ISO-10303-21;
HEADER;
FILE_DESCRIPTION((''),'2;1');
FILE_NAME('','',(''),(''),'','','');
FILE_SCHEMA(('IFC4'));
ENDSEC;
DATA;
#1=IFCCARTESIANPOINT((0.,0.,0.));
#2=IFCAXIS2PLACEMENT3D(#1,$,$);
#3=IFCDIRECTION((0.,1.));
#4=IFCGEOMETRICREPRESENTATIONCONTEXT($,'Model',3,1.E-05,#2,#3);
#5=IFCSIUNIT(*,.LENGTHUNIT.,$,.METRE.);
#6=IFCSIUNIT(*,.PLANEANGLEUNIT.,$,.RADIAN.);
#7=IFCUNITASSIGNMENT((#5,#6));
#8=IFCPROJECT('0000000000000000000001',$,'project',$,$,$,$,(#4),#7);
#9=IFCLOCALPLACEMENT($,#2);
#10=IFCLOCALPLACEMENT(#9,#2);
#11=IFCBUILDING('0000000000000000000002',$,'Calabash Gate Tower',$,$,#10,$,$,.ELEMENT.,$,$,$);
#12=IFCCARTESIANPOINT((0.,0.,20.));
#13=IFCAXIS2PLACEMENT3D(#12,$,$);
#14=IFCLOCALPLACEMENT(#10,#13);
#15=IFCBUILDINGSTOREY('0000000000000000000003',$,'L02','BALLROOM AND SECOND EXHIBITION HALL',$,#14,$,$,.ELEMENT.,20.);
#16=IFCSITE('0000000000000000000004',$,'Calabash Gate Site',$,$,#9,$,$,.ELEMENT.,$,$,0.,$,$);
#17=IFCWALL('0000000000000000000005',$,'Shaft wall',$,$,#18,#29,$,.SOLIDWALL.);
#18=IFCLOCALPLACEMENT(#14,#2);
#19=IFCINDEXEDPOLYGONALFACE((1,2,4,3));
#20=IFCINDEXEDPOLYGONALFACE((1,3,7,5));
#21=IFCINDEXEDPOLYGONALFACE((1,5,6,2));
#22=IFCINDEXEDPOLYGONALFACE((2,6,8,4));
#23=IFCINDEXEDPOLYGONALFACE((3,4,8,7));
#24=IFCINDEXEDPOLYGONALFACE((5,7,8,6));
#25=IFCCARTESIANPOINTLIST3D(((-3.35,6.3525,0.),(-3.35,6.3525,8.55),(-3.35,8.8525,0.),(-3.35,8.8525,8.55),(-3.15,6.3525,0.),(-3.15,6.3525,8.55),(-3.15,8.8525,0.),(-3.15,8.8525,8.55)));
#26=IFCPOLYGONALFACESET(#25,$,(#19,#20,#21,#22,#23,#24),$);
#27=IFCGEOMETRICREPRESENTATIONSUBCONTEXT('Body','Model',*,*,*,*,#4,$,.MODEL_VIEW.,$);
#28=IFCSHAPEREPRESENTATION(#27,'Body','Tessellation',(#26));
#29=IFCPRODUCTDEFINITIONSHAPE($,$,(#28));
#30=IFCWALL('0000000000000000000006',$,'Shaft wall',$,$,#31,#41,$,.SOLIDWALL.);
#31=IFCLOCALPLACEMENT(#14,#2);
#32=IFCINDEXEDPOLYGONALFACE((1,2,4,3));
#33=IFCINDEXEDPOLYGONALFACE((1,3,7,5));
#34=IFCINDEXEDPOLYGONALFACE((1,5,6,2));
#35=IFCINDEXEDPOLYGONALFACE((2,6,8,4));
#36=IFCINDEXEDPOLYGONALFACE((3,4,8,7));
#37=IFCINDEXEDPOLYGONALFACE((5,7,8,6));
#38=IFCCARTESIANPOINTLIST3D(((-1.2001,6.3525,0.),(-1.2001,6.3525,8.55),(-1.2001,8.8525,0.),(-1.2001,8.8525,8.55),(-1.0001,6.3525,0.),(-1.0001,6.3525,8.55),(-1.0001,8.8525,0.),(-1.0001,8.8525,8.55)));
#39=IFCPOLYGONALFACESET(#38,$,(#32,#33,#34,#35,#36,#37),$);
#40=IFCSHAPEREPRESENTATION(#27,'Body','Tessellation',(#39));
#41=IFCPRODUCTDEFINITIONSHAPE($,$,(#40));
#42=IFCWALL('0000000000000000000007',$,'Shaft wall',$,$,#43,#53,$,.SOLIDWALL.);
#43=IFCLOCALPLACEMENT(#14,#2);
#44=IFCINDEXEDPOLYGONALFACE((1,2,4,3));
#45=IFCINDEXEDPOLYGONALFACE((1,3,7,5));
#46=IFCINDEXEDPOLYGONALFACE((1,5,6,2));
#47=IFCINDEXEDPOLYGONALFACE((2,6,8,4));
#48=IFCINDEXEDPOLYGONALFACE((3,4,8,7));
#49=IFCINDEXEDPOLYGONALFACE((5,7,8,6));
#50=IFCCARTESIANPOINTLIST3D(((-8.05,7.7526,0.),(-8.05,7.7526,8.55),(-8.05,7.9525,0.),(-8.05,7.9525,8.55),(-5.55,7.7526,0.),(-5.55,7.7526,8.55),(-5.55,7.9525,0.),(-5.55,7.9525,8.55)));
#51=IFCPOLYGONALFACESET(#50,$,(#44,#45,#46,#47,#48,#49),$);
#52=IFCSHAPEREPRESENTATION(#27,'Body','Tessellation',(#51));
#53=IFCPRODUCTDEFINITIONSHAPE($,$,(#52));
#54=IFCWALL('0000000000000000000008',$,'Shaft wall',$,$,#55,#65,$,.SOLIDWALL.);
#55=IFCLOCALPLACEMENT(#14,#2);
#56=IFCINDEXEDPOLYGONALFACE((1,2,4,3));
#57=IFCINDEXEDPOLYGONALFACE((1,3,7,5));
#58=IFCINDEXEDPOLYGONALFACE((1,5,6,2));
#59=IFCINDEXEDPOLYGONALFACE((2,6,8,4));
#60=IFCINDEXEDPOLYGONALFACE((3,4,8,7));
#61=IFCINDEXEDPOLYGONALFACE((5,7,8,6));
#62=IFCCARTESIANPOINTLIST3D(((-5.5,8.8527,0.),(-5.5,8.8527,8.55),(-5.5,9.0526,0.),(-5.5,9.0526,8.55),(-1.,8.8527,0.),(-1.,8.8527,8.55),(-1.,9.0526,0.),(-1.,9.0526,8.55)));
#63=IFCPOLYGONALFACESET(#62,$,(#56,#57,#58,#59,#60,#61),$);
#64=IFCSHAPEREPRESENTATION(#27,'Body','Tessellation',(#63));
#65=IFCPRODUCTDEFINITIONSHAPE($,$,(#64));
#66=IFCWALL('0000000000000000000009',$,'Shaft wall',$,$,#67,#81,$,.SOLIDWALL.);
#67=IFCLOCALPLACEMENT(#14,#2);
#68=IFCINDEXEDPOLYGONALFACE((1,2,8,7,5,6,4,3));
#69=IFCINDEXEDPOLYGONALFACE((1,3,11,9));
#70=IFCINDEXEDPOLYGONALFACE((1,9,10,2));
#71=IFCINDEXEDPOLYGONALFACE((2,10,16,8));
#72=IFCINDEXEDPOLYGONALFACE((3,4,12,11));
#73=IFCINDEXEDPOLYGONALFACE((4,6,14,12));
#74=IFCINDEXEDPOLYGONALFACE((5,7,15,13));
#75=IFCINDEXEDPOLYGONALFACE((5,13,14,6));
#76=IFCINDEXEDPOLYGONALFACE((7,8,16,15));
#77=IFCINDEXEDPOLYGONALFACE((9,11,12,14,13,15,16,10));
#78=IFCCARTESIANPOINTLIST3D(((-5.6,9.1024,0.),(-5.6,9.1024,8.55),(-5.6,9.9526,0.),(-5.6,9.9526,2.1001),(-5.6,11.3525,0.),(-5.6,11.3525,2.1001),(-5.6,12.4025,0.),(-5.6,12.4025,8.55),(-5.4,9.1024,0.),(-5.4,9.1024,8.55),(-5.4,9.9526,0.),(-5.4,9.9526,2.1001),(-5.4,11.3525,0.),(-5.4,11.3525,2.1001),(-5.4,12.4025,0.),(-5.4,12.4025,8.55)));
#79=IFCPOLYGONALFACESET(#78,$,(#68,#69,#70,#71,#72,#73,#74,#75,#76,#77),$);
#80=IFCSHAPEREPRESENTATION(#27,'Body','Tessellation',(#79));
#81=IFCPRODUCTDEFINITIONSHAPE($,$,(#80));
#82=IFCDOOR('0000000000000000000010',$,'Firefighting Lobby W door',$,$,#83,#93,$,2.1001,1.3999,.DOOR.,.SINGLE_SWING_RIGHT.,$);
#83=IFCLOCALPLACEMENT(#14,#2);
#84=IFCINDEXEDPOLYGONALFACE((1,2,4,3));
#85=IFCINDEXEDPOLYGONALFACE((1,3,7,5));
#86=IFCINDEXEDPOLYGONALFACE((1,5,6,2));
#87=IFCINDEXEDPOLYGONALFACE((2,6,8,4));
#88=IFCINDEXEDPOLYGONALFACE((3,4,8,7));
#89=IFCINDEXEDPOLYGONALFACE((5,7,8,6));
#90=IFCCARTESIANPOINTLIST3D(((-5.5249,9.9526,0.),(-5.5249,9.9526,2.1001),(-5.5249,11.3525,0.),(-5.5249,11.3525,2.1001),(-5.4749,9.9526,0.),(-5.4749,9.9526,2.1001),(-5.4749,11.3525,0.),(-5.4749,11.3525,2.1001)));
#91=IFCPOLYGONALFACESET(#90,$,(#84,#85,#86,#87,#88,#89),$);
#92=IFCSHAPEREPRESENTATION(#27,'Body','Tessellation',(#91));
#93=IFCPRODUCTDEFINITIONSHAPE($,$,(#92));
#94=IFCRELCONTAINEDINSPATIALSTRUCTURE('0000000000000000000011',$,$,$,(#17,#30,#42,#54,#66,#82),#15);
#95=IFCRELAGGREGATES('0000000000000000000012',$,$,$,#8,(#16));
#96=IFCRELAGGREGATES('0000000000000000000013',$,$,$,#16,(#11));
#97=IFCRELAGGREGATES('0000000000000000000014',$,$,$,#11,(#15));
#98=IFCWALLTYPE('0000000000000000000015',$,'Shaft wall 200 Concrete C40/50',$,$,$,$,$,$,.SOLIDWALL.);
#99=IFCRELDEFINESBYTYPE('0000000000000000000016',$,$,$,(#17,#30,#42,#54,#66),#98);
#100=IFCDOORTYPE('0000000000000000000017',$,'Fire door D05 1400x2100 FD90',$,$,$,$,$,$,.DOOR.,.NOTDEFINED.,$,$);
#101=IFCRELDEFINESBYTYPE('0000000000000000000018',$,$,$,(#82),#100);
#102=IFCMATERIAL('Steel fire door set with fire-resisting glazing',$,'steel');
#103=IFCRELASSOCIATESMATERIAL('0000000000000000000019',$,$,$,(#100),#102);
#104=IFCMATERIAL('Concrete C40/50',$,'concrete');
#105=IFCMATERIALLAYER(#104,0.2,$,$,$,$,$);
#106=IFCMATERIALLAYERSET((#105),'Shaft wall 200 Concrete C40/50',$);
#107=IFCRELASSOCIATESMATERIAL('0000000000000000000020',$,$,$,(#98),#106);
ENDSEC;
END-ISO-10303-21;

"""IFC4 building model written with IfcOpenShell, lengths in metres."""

from ifc_helpers import new_model, si_unit, direction, frame, frame_2d, origin, place, context, subcontext, project, spatial, rectangle, extrude, material, layer, layer_set, type_object, element, fill, save


model = new_model("IFC4")

# Units and contexts
model_context = context("Model", 3, precision=1e-05, world=origin(), true_north=direction((0.0, 1.0)))
body_context = subcontext(model_context, "Body", "Model", "MODEL_VIEW")
ifc_project = project(units=[si_unit("LENGTHUNIT", "METRE"), si_unit("PLANEANGLEUNIT", "RADIAN")], contexts=[model_context])

# Site, building, storey
site_placement = place(None, origin())
site = spatial("IfcSite", under=ifc_project, at=site_placement, Name="Calabash Gate Site", CompositionType="ELEMENT", RefElevation=0.0)
building_placement = place(site_placement, origin())
building = spatial("IfcBuilding", under=site, at=building_placement, Name="Calabash Gate Tower", CompositionType="ELEMENT")
storey_placement = place(building_placement, frame((0.0, 0.0, 20.0)))
storey = spatial("IfcBuildingStorey", under=building, at=storey_placement, Name="L02", Description="BALLROOM AND SECOND EXHIBITION HALL", CompositionType="ELEMENT", Elevation=20.0)

# Shared definitions
ifc_material_1 = material(Name="Steel fire door set with fire-resisting glazing", Category="steel")
door_type_1 = type_object("IfcDoorType", Name="Fire door D05 1400x2100 FD90", OperationType="NOTDEFINED", PredefinedType="DOOR", material=ifc_material_1)

# Walls
ifc_material_2 = material(Name="Concrete C40/50", Category="concrete")
ifc_layer_1 = layer(ifc_material_2, 0.2)
ifc_layer_set_1 = layer_set([ifc_layer_1], Name="Shaft wall 200 Concrete C40/50")
wall_type_1 = type_object("IfcWallType", Name="Shaft wall 200 Concrete C40/50", PredefinedType="SOLIDWALL", material=ifc_layer_set_1)
for number, where, z_axis, x_axis, name in (
    (1, (-3.25, 6.3525, 0.0), (0.0, 0.0, 1.0), (0.0, 1.0, 0.0), "Shaft wall"),
    (2, (-1.1001, 6.3525, 0.0), (0.0, 0.0, 1.0), (0.0, 1.0, 0.0), "Shaft wall"),
    (3, (-8.05, 7.8525, 0.0), (0.0, 0.0, 1.0), (1.0, 0.0, 0.0), "Shaft wall"),
):
    element("IfcWall", number, at=place(storey_placement, frame(where, z_axis=z_axis, x_axis=x_axis)), inside=storey, type_object=wall_type_1, Name=name, PredefinedType="SOLIDWALL", context=body_context, shape_type="SweptSolid", body=[
        extrude(rectangle(XDim=2.5, YDim=0.2, at=frame_2d((1.25, 0.0))), origin(), (0.0, 0.0, 1.0), 8.55),
    ])
wall_1_placement = place(storey_placement, frame((-5.5, 8.9526, 0.0), z_axis=(0.0, 0.0, 1.0), x_axis=(1.0, 0.0, 0.0)))
element("IfcWall", 4, at=wall_1_placement, inside=storey, type_object=wall_type_1, Name="Shaft wall", PredefinedType="SOLIDWALL", context=body_context, shape_type="SweptSolid", body=[
    extrude(rectangle(XDim=4.5, YDim=0.2, at=frame_2d((2.25, 0.0))), origin(), (0.0, 0.0, 1.0), 8.55),
])

# Wall, opening, door
wall_2_placement = place(storey_placement, frame((-5.5, 9.1025, 0.0), z_axis=(0.0, 0.0, 1.0), x_axis=(0.0, 1.0, 0.0)))
wall_2 = element("IfcWall", 5, at=wall_2_placement, inside=storey, type_object=wall_type_1, Name="Shaft wall", PredefinedType="SOLIDWALL", context=body_context, shape_type="SweptSolid", body=[
    extrude(rectangle(XDim=3.3, YDim=0.2, at=frame_2d((1.6499, 0.0))), origin(), (0.0, 0.0, 1.0), 8.55),
])
opening_1_placement = place(wall_2_placement, frame((0.8501, 0.0, 0.0)))
opening_1 = element("IfcOpeningElement", 6, at=opening_1_placement, cuts=wall_2, PredefinedType="OPENING", context=body_context, shape_type="SweptSolid", body=[
    extrude(rectangle(XDim=1.3999, YDim=2.1001, at=frame_2d((0.7, 1.05))), frame((0.0, 0.1099, 0.0), z_axis=(0.0, -1.0, 0.0), x_axis=(1.0, 0.0, 0.0)), (0.0, 0.0, 1.0), 0.22),
])
door_1_placement = place(opening_1_placement, origin())
door_1 = element("IfcDoor", 7, at=door_1_placement, inside=storey, type_object=door_type_1, Name="Firefighting Lobby W door", OperationType="SINGLE_SWING_RIGHT", OverallHeight=2.1001, OverallWidth=1.3999, PredefinedType="DOOR", context=body_context, shape_type="SweptSolid", body=[
    extrude(rectangle(XDim=1.3999, YDim=2.1001, at=frame_2d((0.7, 1.05))), frame((0.0, 0.0249, 0.0), z_axis=(0.0, -1.0, 0.0), x_axis=(1.0, 0.0, 0.0)), (0.0, 0.0, 1.0), 0.05),
])
fill(opening_1, door_1)

save(model, "model.ifc")
